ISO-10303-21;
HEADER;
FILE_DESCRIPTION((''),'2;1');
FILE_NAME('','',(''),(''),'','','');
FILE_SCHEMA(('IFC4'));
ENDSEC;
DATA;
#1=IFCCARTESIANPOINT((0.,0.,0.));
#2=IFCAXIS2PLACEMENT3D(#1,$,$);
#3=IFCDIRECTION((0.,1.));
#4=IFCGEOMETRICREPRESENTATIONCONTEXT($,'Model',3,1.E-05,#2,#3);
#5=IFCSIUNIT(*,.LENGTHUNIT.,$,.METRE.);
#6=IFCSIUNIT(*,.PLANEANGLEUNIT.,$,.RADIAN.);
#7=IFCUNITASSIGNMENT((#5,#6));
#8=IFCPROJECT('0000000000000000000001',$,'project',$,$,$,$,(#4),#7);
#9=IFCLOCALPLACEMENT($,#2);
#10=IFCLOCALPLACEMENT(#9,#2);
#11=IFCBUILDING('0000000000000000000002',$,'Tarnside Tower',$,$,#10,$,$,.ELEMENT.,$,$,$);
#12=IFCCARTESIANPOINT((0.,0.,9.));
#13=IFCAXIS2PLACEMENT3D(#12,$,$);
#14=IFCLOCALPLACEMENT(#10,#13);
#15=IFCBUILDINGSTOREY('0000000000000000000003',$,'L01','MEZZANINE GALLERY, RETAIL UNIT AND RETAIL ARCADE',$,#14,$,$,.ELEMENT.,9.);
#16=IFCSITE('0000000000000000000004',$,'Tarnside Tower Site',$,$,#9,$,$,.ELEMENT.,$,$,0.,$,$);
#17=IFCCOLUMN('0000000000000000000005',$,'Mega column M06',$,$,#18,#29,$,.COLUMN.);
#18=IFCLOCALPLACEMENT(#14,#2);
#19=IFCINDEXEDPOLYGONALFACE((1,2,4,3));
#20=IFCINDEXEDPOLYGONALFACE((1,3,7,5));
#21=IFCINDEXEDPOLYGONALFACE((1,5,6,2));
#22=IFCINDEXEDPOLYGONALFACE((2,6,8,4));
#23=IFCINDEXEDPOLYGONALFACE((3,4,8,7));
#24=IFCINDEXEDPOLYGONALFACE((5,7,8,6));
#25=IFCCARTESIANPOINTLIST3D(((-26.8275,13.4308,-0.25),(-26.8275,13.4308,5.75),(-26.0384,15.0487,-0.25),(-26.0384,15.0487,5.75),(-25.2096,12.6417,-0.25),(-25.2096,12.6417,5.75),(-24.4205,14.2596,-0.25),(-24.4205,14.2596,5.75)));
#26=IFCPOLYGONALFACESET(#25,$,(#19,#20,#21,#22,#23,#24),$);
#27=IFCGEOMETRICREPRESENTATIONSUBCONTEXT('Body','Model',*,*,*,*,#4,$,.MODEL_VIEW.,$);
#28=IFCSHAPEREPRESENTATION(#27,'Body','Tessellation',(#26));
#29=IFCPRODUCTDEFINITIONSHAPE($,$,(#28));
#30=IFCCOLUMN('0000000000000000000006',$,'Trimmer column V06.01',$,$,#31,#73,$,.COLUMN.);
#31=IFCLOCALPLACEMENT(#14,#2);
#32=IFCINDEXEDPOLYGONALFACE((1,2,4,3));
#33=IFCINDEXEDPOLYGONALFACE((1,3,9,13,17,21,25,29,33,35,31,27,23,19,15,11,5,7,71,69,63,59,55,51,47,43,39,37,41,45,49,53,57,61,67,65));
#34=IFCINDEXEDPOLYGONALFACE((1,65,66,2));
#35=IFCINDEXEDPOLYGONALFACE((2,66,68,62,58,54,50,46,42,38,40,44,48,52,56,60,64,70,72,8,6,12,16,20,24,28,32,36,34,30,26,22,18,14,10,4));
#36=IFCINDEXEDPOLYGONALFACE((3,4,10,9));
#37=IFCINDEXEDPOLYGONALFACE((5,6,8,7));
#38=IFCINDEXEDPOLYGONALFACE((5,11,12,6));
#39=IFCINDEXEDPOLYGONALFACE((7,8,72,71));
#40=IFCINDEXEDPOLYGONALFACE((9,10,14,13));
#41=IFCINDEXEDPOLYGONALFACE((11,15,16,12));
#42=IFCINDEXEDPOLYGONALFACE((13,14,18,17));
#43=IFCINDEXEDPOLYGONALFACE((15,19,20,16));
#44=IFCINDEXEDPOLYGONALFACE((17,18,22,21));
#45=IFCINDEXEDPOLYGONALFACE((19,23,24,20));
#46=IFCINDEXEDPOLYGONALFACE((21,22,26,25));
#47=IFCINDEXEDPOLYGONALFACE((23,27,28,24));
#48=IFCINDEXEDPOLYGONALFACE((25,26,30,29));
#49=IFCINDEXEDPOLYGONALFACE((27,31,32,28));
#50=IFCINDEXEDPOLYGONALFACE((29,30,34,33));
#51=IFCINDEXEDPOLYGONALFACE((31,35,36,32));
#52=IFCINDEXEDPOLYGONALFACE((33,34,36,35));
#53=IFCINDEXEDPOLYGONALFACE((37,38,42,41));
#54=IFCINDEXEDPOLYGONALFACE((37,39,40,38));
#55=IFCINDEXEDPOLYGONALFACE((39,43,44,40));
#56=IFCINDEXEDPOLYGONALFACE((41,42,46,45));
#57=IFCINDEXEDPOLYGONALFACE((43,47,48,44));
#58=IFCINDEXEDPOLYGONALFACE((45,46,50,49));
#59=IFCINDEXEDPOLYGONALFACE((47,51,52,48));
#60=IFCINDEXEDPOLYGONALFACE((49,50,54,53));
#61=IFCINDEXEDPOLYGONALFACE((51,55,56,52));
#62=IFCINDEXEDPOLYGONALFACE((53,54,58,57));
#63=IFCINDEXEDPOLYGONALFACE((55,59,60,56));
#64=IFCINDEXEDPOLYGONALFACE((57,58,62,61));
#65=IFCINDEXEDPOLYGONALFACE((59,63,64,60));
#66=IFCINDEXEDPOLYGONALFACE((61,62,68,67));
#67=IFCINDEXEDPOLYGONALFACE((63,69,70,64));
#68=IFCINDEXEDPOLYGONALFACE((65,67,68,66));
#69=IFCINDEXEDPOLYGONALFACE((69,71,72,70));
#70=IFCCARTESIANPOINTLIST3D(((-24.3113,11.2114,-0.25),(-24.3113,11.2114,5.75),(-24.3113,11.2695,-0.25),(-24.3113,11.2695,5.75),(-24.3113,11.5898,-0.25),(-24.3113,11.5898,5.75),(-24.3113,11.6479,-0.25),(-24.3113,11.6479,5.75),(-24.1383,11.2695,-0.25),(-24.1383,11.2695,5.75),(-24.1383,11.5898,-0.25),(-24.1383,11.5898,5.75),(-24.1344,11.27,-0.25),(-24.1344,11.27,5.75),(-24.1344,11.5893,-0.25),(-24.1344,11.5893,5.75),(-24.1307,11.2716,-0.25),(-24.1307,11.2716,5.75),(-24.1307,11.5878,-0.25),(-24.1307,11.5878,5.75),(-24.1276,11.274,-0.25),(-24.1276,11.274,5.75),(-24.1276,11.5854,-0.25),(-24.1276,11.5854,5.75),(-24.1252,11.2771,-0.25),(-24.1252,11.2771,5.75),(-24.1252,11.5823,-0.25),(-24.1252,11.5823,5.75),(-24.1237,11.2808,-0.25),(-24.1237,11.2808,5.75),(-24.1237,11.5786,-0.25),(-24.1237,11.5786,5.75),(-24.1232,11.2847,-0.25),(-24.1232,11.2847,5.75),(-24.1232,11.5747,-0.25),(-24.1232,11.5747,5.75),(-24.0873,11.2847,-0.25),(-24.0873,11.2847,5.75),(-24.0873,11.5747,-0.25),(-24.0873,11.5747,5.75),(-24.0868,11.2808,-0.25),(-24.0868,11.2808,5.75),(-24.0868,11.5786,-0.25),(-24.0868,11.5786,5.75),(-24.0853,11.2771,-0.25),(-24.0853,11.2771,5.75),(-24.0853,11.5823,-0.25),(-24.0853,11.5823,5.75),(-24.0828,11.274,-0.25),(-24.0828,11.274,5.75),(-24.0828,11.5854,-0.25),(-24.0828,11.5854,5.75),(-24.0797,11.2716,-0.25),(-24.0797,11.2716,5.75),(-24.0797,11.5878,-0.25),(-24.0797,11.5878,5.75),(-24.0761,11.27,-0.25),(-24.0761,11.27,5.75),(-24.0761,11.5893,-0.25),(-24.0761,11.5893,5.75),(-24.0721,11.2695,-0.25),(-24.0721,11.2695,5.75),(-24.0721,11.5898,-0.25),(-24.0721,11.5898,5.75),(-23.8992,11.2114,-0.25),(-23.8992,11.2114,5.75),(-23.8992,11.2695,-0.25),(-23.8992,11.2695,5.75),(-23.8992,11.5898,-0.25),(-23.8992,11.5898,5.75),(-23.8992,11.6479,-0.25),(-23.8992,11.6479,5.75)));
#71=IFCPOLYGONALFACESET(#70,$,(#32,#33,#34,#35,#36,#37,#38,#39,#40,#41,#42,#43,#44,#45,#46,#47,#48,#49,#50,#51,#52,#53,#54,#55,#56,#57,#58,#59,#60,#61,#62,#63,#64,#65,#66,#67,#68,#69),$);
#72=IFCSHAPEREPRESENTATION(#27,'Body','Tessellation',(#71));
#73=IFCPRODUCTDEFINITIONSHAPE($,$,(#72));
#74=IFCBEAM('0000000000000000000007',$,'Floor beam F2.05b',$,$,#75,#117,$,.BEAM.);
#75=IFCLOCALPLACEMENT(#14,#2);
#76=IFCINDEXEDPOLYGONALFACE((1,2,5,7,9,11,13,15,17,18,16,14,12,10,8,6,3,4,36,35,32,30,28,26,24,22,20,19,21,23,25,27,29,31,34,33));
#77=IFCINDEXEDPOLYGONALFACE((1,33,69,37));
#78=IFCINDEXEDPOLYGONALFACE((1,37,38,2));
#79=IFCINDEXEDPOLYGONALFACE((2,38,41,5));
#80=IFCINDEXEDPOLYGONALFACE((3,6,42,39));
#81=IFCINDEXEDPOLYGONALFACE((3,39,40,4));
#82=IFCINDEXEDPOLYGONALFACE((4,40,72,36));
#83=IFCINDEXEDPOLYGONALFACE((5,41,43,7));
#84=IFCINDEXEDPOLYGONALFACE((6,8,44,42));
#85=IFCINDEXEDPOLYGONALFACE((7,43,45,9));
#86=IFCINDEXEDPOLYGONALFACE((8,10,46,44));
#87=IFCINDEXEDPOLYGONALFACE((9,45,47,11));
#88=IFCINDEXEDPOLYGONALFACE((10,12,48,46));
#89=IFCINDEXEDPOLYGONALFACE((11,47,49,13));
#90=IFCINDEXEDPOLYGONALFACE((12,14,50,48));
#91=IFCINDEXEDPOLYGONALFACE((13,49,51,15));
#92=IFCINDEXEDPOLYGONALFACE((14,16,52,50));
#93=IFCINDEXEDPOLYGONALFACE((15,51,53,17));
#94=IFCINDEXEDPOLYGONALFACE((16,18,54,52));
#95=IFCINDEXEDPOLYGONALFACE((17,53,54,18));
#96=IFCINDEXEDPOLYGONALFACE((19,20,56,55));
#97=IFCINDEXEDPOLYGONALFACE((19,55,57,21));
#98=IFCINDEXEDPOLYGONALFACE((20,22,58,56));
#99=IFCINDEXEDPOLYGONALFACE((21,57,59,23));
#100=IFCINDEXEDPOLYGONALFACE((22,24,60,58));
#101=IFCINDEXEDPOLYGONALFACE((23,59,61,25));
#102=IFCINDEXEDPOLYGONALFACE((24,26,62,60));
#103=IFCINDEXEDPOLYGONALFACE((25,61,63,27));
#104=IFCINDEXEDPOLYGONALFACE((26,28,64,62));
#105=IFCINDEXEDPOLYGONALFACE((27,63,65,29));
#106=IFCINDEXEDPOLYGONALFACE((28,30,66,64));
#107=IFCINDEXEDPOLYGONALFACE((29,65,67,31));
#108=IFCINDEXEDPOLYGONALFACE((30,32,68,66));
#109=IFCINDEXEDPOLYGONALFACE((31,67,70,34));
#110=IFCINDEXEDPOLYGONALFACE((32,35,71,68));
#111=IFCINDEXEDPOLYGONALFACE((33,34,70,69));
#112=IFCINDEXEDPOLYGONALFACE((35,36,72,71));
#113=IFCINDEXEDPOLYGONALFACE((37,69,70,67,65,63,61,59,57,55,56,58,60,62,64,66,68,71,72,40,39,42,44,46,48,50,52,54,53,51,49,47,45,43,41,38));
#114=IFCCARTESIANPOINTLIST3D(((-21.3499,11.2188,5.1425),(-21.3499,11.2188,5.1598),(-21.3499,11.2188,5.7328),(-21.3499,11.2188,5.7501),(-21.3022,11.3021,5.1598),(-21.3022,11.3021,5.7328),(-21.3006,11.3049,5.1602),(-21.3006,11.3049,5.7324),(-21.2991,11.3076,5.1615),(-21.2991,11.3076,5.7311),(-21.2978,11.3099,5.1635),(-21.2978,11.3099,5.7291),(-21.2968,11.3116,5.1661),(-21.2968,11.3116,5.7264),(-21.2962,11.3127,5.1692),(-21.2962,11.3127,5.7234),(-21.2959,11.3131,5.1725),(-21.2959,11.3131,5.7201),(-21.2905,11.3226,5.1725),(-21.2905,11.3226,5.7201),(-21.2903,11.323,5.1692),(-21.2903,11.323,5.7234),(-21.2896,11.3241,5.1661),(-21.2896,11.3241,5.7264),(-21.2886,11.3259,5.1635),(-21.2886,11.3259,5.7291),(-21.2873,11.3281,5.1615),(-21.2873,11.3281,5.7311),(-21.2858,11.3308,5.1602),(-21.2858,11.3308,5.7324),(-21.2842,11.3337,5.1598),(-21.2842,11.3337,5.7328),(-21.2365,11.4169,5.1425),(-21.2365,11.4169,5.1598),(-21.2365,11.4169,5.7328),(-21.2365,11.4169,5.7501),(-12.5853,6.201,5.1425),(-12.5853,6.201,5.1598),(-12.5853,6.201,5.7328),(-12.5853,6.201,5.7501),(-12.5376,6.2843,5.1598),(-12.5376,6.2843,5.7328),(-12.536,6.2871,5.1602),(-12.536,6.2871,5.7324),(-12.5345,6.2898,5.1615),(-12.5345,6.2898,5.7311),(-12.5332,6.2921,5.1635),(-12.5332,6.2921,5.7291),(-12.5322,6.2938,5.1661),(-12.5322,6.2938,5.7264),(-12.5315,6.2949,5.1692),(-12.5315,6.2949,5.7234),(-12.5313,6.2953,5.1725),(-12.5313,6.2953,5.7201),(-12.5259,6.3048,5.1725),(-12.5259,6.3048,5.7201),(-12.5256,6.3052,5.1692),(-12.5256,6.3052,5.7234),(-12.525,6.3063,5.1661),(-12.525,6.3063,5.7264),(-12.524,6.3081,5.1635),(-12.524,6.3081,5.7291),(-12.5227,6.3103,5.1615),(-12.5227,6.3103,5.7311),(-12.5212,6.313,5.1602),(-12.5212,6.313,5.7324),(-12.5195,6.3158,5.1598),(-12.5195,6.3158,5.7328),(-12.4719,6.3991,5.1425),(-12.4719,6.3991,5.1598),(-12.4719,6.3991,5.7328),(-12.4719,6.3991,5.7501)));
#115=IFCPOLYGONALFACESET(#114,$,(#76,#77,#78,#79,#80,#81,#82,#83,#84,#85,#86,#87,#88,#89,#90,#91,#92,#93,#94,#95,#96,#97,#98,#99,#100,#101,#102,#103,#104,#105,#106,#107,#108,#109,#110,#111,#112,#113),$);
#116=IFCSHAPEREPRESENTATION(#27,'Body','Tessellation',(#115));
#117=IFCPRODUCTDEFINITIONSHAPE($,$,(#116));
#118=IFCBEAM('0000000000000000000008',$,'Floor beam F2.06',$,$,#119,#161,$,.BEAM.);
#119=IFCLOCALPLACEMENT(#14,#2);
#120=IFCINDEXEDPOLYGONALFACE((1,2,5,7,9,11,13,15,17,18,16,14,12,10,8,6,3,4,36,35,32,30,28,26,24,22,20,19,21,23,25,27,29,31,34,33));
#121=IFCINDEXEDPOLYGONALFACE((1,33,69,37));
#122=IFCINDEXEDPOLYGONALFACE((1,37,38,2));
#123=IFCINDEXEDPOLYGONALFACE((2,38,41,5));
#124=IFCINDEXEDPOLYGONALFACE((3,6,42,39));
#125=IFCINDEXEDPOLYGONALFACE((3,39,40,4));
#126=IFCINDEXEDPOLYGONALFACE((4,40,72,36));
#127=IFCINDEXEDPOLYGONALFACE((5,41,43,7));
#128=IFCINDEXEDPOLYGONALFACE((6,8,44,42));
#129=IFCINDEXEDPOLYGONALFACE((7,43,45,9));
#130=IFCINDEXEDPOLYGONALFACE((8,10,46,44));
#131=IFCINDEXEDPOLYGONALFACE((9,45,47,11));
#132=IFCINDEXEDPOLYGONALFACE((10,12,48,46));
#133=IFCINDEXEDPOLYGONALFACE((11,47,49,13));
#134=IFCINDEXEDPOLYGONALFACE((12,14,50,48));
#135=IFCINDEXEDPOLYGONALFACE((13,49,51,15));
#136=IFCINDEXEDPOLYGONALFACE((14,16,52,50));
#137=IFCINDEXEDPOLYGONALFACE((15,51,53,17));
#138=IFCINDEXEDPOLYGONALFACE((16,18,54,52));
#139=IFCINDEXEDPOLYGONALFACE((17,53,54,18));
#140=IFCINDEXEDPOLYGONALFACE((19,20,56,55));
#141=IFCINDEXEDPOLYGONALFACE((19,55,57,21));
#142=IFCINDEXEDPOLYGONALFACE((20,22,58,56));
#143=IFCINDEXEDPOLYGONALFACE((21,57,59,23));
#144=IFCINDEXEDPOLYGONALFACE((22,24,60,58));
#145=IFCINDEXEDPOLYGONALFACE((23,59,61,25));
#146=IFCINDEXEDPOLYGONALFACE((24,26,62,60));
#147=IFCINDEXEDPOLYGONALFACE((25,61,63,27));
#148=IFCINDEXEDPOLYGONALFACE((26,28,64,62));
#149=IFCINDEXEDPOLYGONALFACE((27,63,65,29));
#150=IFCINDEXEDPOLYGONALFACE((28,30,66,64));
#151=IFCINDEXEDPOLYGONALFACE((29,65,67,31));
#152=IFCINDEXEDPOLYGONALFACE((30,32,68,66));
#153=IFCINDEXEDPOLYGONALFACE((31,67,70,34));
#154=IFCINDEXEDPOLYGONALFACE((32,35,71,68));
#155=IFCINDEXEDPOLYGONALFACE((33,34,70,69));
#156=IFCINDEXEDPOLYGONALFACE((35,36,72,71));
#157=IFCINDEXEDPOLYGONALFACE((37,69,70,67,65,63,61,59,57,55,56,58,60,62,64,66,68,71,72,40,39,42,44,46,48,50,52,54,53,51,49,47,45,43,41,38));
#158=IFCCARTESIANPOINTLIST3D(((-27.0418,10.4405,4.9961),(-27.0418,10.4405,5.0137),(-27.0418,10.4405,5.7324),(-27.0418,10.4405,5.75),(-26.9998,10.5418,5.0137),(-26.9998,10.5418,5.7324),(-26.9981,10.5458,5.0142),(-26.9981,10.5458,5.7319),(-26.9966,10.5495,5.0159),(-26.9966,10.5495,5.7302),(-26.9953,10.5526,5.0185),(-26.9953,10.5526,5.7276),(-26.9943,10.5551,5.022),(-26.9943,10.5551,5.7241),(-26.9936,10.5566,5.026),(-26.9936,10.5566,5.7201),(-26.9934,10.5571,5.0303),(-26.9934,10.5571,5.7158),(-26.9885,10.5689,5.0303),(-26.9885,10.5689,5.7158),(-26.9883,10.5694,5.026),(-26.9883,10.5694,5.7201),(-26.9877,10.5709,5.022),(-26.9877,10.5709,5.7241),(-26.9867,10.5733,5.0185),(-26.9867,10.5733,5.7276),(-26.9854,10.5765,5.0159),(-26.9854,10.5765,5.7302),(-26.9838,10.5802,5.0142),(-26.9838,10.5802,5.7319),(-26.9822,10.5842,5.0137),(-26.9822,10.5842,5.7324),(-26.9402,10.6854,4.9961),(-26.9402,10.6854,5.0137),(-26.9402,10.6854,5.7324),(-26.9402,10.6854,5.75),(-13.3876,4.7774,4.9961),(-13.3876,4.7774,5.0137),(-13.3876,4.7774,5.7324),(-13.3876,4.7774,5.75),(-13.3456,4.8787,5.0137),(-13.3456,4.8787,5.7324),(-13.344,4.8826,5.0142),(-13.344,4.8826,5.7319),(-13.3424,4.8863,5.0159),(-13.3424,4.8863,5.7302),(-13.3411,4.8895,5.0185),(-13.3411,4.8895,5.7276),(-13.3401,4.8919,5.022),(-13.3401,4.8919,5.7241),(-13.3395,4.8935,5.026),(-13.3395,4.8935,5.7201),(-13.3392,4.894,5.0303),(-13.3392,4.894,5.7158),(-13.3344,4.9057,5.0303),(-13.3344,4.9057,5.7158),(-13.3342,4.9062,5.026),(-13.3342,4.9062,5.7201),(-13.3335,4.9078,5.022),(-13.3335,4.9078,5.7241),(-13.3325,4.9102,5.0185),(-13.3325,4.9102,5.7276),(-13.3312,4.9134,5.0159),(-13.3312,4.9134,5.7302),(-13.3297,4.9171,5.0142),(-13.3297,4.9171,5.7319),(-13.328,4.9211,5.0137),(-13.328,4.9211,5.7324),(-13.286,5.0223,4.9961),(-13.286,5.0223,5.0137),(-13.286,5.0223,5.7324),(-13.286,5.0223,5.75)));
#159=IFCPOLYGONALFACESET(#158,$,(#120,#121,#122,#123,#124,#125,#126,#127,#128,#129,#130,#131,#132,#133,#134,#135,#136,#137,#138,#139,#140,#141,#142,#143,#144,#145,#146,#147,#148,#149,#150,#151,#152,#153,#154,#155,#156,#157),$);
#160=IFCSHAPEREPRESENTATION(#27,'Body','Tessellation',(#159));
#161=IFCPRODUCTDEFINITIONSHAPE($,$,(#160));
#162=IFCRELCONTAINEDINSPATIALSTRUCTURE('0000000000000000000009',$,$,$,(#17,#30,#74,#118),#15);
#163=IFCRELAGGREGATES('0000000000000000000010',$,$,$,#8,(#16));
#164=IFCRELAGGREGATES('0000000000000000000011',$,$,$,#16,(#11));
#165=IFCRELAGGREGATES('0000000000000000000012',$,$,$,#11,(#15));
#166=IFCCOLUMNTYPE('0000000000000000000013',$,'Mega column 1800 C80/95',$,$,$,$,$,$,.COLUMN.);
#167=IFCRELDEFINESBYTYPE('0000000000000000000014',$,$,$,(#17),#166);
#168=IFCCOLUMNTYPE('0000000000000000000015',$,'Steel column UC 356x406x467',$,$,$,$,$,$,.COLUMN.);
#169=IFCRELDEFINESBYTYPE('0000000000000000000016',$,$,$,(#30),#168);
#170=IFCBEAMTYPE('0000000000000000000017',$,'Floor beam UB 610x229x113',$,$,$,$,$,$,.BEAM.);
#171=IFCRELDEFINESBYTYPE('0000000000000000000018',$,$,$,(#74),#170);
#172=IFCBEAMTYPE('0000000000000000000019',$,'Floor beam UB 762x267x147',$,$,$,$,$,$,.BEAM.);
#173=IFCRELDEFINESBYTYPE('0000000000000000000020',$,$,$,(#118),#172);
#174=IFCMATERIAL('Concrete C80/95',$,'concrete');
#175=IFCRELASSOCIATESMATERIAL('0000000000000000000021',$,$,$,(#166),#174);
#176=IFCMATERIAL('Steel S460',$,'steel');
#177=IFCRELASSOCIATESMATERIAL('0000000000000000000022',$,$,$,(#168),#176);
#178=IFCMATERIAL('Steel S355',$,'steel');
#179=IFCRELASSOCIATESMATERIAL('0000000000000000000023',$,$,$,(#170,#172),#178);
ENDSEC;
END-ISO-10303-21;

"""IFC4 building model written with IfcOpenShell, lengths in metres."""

from ifc_helpers import new_model, si_unit, direction, frame, origin, origin_2d, place, context, subcontext, project, spatial, rectangle, i_section, extrude, material, material_profile, profile_set, type_object, element, save


model = new_model("IFC4")

# Units and contexts
model_context = context("Model", 3, precision=1e-05, world=origin(), true_north=direction((0.0, 1.0)))
body_context = subcontext(model_context, "Body", "Model", "MODEL_VIEW")
ifc_project = project(units=[si_unit("LENGTHUNIT", "METRE"), si_unit("PLANEANGLEUNIT", "RADIAN")], contexts=[model_context])

# Site, building, storey
site_placement = place(None, origin())
site = spatial("IfcSite", under=ifc_project, at=site_placement, Name="Tarnside Tower Site", CompositionType="ELEMENT", RefElevation=0.0)
building_placement = place(site_placement, origin())
building = spatial("IfcBuilding", under=site, at=building_placement, Name="Tarnside Tower", CompositionType="ELEMENT")
storey_placement = place(building_placement, frame((0.0, 0.0, 9.0)))
storey = spatial("IfcBuildingStorey", under=building, at=storey_placement, Name="L01", Description="MEZZANINE GALLERY, RETAIL UNIT AND RETAIL ARCADE", CompositionType="ELEMENT", Elevation=9.0)

# Columns
ifc_material_1 = material(Name="Concrete C80/95", Category="concrete")
ifc_material_profile_1 = material_profile(ifc_material_1, rectangle(XDim=1.8, YDim=1.8, at=origin_2d()), Name="Mega column 1800x1800")
ifc_profile_set_1 = profile_set([ifc_material_profile_1], Name="Concrete C80/95")
column_type_1 = type_object("IfcColumnType", Name="Mega column 1800 C80/95", PredefinedType="COLUMN", material=ifc_profile_set_1)
column_1_placement = place(storey_placement, frame((-25.624, 13.8452, -0.25), z_axis=(0.0, 0.0, 1.0), x_axis=(0.438371, 0.898794, 0.0)))
element("IfcColumn", 1, at=column_1_placement, inside=storey, type_object=column_type_1, Name="Mega column M06", PredefinedType="COLUMN", context=body_context, shape_type="SweptSolid", body=[
    extrude(rectangle(XDim=1.8, YDim=1.8, at=origin_2d()), origin(), (0.0, 0.0, 1.0), 6.0),
])
ifc_material_2 = material(Name="Steel S460", Category="steel")
ifc_material_profile_2 = material_profile(ifc_material_2, i_section(OverallWidth=0.4121, OverallDepth=0.4365, WebThickness=0.0359, FlangeThickness=0.0581, FilletRadius=0.0151, at=origin_2d()), Name="UC 356x406x467")
ifc_profile_set_2 = profile_set([ifc_material_profile_2], Name="Steel S460")
column_type_2 = type_object("IfcColumnType", Name="Steel column UC 356x406x467", PredefinedType="COLUMN", material=ifc_profile_set_2)
column_2_placement = place(storey_placement, frame((-24.1052, 11.4297, -0.25), z_axis=(0.0, 0.0, 1.0), x_axis=(1.0, 0.0, 0.0)))
element("IfcColumn", 2, at=column_2_placement, inside=storey, type_object=column_type_2, Name="Trimmer column V06.01", PredefinedType="COLUMN", context=body_context, shape_type="SweptSolid", body=[
    extrude(i_section(OverallWidth=0.4121, OverallDepth=0.4365, WebThickness=0.0359, FlangeThickness=0.0581, FilletRadius=0.0151, at=origin_2d()), origin(), (0.0, 0.0, 1.0), 6.0),
])

# Beams
ifc_material_3 = material(Name="Steel S355", Category="steel")
ifc_material_profile_3 = material_profile(ifc_material_3, i_section(OverallWidth=0.2283, OverallDepth=0.6077, WebThickness=0.011, FlangeThickness=0.0173, FilletRadius=0.0127, at=origin_2d()), Name="UB 610x229x113")
ifc_profile_set_3 = profile_set([ifc_material_profile_3], Name="Steel S355")
beam_type_1 = type_object("IfcBeamType", Name="Floor beam UB 610x229x113", PredefinedType="BEAM", material=ifc_profile_set_3)
beam_1_placement = place(storey_placement, frame((-21.2932, 11.3179, 5.4463), z_axis=(0.86784, -0.496844, 0.0), x_axis=(0.496844, 0.86784, 0.0)))
element("IfcBeam", 3, at=beam_1_placement, inside=storey, type_object=beam_type_1, Name="Floor beam F2.05b", PredefinedType="BEAM", context=body_context, shape_type="SweptSolid", body=[
    extrude(i_section(OverallWidth=0.2283, OverallDepth=0.6077, WebThickness=0.011, FlangeThickness=0.0173, FilletRadius=0.0127, at=origin_2d()), origin(), (0.0, 0.0, 1.0), 10.0994),
])
ifc_material_profile_4 = material_profile(ifc_material_3, i_section(OverallWidth=0.2651, OverallDepth=0.7539, WebThickness=0.0127, FlangeThickness=0.0176, FilletRadius=0.0166, at=origin_2d()), Name="UB 762x267x147")
ifc_profile_set_4 = profile_set([ifc_material_profile_4], Name="Steel S355")
beam_type_2 = type_object("IfcBeamType", Name="Floor beam UB 762x267x147", PredefinedType="BEAM", material=ifc_profile_set_4)
beam_2_placement = place(storey_placement, frame((-26.991, 10.563, 5.373), z_axis=(0.923703, -0.38311, 0.0), x_axis=(0.38311, 0.923703, 0.0)))
element("IfcBeam", 4, at=beam_2_placement, inside=storey, type_object=beam_type_2, Name="Floor beam F2.06", PredefinedType="BEAM", context=body_context, shape_type="SweptSolid", body=[
    extrude(i_section(OverallWidth=0.2651, OverallDepth=0.7539, WebThickness=0.0127, FlangeThickness=0.0176, FilletRadius=0.0166, at=origin_2d()), origin(), (0.0, 0.0, 1.0), 14.782),
])

save(model, "model.ifc")
